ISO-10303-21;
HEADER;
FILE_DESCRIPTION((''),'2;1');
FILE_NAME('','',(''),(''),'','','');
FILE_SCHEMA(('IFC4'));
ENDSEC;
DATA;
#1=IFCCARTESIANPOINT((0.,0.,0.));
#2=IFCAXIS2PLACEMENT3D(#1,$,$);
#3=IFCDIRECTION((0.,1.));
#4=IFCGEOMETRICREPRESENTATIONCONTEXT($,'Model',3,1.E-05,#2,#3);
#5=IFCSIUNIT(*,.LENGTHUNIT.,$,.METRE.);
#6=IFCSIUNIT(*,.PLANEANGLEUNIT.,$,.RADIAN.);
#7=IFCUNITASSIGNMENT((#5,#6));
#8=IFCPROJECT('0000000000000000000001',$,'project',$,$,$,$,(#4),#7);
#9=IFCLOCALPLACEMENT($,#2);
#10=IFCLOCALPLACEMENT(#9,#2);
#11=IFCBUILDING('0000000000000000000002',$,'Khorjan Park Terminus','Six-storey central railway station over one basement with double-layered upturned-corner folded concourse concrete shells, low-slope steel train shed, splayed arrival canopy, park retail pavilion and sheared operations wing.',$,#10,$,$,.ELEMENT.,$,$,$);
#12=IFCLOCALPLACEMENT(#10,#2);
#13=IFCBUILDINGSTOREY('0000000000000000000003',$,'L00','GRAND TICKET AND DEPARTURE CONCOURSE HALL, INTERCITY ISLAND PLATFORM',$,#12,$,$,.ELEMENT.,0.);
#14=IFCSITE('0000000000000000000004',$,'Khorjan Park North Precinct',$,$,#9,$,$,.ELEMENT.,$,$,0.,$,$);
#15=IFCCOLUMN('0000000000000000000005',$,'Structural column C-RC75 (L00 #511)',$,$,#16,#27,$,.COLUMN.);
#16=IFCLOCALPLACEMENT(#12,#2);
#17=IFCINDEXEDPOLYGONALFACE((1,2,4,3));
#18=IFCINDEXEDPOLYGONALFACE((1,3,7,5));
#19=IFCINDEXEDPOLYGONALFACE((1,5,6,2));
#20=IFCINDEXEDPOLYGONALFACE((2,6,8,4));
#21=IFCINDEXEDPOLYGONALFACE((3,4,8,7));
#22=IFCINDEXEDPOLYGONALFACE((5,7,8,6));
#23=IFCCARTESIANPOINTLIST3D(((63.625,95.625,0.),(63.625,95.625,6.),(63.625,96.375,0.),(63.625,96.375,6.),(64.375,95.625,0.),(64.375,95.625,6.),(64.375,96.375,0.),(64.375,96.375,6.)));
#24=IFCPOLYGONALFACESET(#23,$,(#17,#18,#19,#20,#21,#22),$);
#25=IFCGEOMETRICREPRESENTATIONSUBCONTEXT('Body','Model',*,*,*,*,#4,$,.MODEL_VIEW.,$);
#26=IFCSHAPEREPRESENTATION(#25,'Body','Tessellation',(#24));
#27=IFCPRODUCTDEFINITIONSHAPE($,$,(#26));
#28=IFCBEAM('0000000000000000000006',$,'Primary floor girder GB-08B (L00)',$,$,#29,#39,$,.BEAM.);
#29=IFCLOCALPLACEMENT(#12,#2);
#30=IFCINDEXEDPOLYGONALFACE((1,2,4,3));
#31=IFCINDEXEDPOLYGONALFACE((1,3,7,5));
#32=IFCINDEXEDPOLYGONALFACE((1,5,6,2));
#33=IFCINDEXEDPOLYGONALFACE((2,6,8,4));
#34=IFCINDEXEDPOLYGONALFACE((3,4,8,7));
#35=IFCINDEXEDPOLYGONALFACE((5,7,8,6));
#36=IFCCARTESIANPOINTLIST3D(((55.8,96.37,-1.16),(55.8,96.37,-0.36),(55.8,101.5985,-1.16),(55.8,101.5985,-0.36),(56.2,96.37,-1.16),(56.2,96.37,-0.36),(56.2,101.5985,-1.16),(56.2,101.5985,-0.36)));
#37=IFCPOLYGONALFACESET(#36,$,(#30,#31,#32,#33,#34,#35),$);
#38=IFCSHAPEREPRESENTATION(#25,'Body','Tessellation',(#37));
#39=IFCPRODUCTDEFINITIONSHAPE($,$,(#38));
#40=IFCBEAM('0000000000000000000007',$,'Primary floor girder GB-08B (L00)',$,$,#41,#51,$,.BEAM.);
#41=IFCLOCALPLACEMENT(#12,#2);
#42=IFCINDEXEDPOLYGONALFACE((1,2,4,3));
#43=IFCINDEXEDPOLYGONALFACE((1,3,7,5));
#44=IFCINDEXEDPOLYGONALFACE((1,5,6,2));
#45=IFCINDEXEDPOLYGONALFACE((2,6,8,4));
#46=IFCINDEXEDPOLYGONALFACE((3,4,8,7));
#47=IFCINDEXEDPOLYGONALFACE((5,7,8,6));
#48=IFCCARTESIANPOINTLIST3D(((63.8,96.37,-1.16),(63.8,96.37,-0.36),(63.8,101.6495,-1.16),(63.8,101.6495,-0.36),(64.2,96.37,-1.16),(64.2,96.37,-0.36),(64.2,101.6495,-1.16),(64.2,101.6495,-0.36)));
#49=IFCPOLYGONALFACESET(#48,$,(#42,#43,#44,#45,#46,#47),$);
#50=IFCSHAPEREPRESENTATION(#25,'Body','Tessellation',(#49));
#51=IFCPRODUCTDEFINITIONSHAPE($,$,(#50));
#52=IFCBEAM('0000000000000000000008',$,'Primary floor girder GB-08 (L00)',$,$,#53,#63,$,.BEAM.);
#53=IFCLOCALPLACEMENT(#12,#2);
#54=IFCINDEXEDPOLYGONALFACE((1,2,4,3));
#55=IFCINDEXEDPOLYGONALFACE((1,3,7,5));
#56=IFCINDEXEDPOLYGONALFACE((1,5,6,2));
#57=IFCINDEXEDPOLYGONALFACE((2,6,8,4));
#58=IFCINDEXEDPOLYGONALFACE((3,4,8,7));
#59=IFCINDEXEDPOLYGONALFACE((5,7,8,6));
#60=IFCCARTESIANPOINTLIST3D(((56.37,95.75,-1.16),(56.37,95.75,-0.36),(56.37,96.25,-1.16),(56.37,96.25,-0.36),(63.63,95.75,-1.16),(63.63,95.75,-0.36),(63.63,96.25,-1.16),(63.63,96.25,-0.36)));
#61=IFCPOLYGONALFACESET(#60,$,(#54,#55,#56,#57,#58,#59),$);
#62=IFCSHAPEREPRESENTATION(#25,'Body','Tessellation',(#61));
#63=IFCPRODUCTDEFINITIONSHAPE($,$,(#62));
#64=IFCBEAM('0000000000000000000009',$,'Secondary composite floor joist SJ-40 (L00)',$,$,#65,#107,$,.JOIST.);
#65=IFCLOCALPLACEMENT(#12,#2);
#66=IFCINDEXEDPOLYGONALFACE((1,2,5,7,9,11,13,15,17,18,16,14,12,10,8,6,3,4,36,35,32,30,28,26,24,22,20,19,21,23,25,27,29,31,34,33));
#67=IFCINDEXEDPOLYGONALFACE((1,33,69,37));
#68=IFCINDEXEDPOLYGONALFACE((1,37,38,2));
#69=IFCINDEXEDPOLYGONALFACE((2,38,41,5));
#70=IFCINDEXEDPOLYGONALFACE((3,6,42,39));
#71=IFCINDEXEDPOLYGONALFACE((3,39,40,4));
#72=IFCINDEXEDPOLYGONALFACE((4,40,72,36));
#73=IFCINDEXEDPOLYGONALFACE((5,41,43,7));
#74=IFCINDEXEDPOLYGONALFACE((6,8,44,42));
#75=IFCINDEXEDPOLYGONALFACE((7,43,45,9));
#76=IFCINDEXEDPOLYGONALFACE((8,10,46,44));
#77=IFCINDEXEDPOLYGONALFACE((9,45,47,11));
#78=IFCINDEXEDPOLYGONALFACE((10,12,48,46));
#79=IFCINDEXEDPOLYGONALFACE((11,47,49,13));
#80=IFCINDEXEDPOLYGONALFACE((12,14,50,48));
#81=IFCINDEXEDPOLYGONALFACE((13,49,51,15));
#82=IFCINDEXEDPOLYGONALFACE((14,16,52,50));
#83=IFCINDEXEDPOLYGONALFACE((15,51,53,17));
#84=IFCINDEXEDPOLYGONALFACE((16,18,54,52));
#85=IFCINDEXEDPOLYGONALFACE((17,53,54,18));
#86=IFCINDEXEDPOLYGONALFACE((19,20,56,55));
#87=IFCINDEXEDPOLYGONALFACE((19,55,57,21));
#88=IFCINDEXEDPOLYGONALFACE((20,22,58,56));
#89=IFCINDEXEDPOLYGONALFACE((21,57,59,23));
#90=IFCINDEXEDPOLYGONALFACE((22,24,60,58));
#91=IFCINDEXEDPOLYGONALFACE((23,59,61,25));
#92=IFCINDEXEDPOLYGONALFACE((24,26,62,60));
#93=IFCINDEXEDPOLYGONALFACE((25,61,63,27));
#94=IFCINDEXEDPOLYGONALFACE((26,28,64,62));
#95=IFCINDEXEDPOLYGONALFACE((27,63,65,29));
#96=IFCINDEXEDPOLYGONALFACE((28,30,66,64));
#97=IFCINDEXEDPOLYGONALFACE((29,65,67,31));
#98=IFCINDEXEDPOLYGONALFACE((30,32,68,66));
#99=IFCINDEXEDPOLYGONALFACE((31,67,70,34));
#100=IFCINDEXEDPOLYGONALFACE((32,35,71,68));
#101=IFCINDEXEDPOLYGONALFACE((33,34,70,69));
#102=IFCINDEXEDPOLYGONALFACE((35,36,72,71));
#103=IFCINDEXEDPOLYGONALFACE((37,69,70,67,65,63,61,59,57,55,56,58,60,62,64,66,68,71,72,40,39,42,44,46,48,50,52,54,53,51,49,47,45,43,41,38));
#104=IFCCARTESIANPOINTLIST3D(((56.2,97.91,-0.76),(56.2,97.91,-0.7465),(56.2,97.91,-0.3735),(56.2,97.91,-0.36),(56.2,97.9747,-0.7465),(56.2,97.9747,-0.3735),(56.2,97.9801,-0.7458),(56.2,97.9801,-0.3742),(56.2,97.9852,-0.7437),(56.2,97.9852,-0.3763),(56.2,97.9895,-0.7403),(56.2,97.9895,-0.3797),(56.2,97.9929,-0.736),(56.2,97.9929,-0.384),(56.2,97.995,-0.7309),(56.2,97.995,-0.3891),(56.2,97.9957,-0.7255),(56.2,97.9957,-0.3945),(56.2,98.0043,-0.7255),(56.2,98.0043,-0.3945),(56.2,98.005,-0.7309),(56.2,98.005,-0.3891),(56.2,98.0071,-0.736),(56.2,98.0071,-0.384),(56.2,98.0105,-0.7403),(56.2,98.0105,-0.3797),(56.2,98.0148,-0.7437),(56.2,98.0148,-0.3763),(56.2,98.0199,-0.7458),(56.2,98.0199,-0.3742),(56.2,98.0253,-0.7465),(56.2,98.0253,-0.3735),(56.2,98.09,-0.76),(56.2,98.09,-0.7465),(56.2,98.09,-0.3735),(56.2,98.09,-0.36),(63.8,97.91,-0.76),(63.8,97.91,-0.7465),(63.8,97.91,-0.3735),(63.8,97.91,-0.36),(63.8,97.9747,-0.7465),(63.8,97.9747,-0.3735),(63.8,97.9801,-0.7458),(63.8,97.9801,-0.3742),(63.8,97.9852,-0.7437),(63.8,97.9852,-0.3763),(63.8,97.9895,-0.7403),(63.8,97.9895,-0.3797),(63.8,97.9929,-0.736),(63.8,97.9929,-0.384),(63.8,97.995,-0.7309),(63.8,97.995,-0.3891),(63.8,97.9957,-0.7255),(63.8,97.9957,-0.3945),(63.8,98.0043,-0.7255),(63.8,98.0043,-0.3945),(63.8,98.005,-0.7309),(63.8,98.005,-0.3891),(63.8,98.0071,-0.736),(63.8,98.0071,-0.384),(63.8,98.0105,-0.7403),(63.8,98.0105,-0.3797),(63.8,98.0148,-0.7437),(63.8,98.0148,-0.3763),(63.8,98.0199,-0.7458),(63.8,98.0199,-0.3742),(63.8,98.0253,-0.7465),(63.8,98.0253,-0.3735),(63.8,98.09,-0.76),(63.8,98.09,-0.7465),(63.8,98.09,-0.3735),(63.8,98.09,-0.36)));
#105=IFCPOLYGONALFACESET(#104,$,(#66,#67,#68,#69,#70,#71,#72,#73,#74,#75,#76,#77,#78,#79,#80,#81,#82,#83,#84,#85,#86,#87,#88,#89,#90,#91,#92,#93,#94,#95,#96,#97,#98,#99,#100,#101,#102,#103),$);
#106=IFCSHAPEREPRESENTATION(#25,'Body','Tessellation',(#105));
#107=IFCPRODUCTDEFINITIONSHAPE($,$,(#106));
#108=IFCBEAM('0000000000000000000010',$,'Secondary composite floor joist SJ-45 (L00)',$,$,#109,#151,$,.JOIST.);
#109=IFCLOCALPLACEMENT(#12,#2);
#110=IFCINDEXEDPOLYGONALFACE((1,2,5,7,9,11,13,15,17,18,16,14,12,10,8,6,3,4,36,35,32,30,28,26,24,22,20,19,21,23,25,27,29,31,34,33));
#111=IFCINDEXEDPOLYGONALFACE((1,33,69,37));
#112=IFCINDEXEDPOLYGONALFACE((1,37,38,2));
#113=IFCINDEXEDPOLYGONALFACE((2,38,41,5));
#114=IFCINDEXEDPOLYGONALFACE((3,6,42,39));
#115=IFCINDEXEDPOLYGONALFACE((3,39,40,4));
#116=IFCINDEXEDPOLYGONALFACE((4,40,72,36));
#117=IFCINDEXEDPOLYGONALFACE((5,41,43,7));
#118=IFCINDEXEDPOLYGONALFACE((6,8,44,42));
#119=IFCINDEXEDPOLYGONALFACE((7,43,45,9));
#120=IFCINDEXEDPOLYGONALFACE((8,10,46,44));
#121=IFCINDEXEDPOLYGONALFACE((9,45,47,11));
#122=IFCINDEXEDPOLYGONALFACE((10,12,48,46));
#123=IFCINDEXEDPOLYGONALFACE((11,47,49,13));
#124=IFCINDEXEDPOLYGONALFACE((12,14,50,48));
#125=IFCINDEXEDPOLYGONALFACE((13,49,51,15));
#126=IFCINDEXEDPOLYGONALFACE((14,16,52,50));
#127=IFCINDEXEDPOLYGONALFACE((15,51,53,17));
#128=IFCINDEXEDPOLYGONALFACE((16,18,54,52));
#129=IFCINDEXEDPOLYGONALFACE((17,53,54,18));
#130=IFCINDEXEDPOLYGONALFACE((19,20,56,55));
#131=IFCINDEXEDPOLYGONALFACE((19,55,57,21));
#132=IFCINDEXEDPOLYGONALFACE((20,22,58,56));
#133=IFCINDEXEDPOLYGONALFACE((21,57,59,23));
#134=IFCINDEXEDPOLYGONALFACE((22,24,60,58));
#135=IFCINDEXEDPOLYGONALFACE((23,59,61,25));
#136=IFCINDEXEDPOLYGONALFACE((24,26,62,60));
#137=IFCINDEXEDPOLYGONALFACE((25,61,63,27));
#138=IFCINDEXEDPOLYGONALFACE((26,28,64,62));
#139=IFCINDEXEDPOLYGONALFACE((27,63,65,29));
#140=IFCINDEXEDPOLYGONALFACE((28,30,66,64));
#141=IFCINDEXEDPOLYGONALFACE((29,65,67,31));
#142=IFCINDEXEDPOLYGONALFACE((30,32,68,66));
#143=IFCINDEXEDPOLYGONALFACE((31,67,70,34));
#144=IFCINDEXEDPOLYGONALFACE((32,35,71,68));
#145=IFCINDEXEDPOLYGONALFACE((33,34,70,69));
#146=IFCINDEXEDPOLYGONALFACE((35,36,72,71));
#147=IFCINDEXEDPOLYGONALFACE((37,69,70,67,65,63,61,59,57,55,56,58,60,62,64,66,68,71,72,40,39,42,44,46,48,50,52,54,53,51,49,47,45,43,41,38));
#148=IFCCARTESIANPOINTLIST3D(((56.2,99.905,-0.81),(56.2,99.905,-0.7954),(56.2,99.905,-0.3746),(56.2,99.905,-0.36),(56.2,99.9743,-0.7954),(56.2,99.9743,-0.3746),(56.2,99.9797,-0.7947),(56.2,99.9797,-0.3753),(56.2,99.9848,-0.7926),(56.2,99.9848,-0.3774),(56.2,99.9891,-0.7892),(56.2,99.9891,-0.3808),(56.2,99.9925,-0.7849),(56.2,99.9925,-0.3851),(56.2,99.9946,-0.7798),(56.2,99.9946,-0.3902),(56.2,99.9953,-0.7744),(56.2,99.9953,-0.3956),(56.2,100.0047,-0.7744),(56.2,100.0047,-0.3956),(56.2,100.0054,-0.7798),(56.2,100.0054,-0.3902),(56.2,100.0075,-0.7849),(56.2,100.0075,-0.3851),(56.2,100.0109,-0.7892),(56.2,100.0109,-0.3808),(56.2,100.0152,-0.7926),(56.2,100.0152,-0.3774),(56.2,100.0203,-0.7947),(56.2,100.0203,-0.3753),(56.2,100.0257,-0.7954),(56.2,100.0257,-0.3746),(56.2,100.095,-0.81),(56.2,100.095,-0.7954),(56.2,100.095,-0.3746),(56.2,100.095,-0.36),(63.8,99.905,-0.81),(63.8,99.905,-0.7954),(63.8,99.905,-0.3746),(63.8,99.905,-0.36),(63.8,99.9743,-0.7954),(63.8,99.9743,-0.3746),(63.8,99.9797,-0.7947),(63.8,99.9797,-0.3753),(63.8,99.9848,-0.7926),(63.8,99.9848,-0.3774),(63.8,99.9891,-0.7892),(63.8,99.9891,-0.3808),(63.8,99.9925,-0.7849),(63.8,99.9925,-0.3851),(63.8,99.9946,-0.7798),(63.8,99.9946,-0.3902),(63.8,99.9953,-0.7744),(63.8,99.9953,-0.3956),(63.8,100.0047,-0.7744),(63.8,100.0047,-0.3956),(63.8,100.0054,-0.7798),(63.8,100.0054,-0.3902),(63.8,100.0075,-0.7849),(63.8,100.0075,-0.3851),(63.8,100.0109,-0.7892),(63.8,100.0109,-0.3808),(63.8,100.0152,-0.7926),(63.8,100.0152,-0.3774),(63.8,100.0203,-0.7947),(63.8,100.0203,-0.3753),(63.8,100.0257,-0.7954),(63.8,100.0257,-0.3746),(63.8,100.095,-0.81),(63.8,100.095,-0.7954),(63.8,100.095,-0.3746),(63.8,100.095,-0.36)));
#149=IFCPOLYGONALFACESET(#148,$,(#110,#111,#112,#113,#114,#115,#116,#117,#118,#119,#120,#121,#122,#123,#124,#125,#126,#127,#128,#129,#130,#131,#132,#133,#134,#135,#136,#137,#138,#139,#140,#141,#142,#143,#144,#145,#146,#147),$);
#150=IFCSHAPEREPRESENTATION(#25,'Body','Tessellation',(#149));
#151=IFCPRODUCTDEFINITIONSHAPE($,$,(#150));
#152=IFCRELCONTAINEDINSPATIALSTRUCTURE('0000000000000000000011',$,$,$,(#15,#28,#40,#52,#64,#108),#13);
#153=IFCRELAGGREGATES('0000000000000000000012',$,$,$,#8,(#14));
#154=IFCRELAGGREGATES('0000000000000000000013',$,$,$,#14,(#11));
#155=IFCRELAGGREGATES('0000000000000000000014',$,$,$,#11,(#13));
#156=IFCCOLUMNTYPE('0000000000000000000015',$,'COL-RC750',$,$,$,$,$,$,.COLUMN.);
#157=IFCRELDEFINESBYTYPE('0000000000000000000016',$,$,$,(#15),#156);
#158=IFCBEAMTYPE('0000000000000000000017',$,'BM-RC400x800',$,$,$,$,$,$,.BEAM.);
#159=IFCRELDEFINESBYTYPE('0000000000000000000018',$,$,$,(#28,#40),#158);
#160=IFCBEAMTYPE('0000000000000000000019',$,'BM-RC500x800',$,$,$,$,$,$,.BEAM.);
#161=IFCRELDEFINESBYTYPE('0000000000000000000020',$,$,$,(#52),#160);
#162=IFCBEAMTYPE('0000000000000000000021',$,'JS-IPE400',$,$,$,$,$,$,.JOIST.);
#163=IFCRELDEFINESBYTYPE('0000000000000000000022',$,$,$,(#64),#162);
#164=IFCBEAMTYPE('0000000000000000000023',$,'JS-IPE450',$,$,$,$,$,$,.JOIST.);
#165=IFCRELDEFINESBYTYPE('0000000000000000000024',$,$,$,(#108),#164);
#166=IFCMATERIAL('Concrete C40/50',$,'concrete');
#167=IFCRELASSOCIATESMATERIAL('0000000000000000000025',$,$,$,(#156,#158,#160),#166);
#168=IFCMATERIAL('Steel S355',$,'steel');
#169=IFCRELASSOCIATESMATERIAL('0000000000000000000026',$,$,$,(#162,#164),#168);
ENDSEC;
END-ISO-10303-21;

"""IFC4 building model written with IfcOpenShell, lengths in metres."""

from ifc_helpers import new_model, si_unit, direction, frame, origin, origin_2d, place, context, subcontext, project, spatial, rectangle, i_section, extrude, material, material_profile, profile_set, type_object, element, save


model = new_model("IFC4")

# Units and contexts
model_context = context("Model", 3, precision=1e-05, world=origin(), true_north=direction((0.0, 1.0)))
body_context = subcontext(model_context, "Body", "Model", "MODEL_VIEW")
ifc_project = project(units=[si_unit("LENGTHUNIT", "METRE"), si_unit("PLANEANGLEUNIT", "RADIAN")], contexts=[model_context])

# Site, building, storey
site_placement = place(None, origin())
site = spatial("IfcSite", under=ifc_project, at=site_placement, Name="Khorjan Park North Precinct", CompositionType="ELEMENT", RefElevation=0.0)
building_placement = place(site_placement, origin())
building = spatial("IfcBuilding", under=site, at=building_placement, Name="Khorjan Park Terminus", Description="Six-storey central railway station over one basement with double-layered upturned-corner folded concourse concrete shells, low-slope steel train shed, splayed arrival canopy, park retail pavilion and sheared operations wing.", CompositionType="ELEMENT")
storey_placement = place(building_placement, origin())
storey = spatial("IfcBuildingStorey", under=building, at=storey_placement, Name="L00", Description="GRAND TICKET AND DEPARTURE CONCOURSE HALL, INTERCITY ISLAND PLATFORM", CompositionType="ELEMENT", Elevation=0.0)

# Column
ifc_material_1 = material(Name="Concrete C40/50", Category="concrete")
ifc_material_profile_1 = material_profile(ifc_material_1, rectangle(XDim=0.75, YDim=0.75, at=origin_2d()), Name="RC 750x750")
ifc_profile_set_1 = profile_set([ifc_material_profile_1], Name="Concrete C40/50")
column_type = type_object("IfcColumnType", Name="COL-RC750", PredefinedType="COLUMN", material=ifc_profile_set_1)
column_placement = place(storey_placement, frame((64.0, 96.0, 0.0), z_axis=(0.0, 0.0, 1.0), x_axis=(1.0, 0.0, 0.0)))
element("IfcColumn", 1, at=column_placement, inside=storey, type_object=column_type, Name="Structural column C-RC75 (L00 #511)", PredefinedType="COLUMN", context=body_context, shape_type="SweptSolid", body=[
    extrude(rectangle(XDim=0.75, YDim=0.75, at=origin_2d()), origin(), (0.0, 0.0, 1.0), 6.0),
])

# Beams
ifc_material_profile_2 = material_profile(ifc_material_1, rectangle(XDim=0.4, YDim=0.8, at=origin_2d()), Name="RC 400x800")
ifc_profile_set_2 = profile_set([ifc_material_profile_2], Name="Concrete C40/50")
beam_type_1 = type_object("IfcBeamType", Name="BM-RC400x800", PredefinedType="BEAM", material=ifc_profile_set_2)
beam_1_placement = place(storey_placement, frame((56.0, 96.37, -0.76), z_axis=(0.0, 1.0, 0.0), x_axis=(-1.0, 0.0, 0.0)))
element("IfcBeam", 2, at=beam_1_placement, inside=storey, type_object=beam_type_1, Name="Primary floor girder GB-08B (L00)", PredefinedType="BEAM", context=body_context, shape_type="SweptSolid", body=[
    extrude(rectangle(XDim=0.4, YDim=0.8, at=origin_2d()), origin(), (0.0, 0.0, 1.0), 5.2285),
])
beam_2_placement = place(storey_placement, frame((64.0, 96.37, -0.76), z_axis=(0.0, 1.0, 0.0), x_axis=(-1.0, 0.0, 0.0)))
element("IfcBeam", 3, at=beam_2_placement, inside=storey, type_object=beam_type_1, Name="Primary floor girder GB-08B (L00)", PredefinedType="BEAM", context=body_context, shape_type="SweptSolid", body=[
    extrude(rectangle(XDim=0.4, YDim=0.8, at=origin_2d()), origin(), (0.0, 0.0, 1.0), 5.2795),
])
ifc_material_profile_3 = material_profile(ifc_material_1, rectangle(XDim=0.5, YDim=0.8, at=origin_2d()), Name="RC 500x800")
ifc_profile_set_3 = profile_set([ifc_material_profile_3], Name="Concrete C40/50")
beam_type_2 = type_object("IfcBeamType", Name="BM-RC500x800", PredefinedType="BEAM", material=ifc_profile_set_3)
beam_3_placement = place(storey_placement, frame((56.37, 96.0, -0.76), z_axis=(1.0, 0.0, 0.0), x_axis=(0.0, 1.0, 0.0)))
element("IfcBeam", 4, at=beam_3_placement, inside=storey, type_object=beam_type_2, Name="Primary floor girder GB-08 (L00)", PredefinedType="BEAM", context=body_context, shape_type="SweptSolid", body=[
    extrude(rectangle(XDim=0.5, YDim=0.8, at=origin_2d()), origin(), (0.0, 0.0, 1.0), 7.26),
])
ifc_material_2 = material(Name="Steel S355", Category="steel")
ifc_material_profile_4 = material_profile(ifc_material_2, i_section(OverallWidth=0.18, OverallDepth=0.4, WebThickness=0.0086, FlangeThickness=0.0135, FilletRadius=0.021, at=origin_2d()), Name="IPE 400")
ifc_profile_set_4 = profile_set([ifc_material_profile_4], Name="Steel S355")
beam_type_3 = type_object("IfcBeamType", Name="JS-IPE400", PredefinedType="JOIST", material=ifc_profile_set_4)
beam_4_placement = place(storey_placement, frame((56.2, 98.0, -0.56), z_axis=(1.0, 0.0, 0.0), x_axis=(0.0, 1.0, 0.0)))
element("IfcBeam", 5, at=beam_4_placement, inside=storey, type_object=beam_type_3, Name="Secondary composite floor joist SJ-40 (L00)", PredefinedType="JOIST", context=body_context, shape_type="SweptSolid", body=[
    extrude(i_section(OverallWidth=0.18, OverallDepth=0.4, WebThickness=0.0086, FlangeThickness=0.0135, FilletRadius=0.021, at=origin_2d()), origin(), (0.0, 0.0, 1.0), 7.6),
])
ifc_material_profile_5 = material_profile(ifc_material_2, i_section(OverallWidth=0.19, OverallDepth=0.45, WebThickness=0.0094, FlangeThickness=0.0146, FilletRadius=0.021, at=origin_2d()), Name="IPE 450")
ifc_profile_set_5 = profile_set([ifc_material_profile_5], Name="Steel S355")
beam_type_4 = type_object("IfcBeamType", Name="JS-IPE450", PredefinedType="JOIST", material=ifc_profile_set_5)
beam_5_placement = place(storey_placement, frame((56.2, 100.0, -0.585), z_axis=(1.0, 0.0, 0.0), x_axis=(0.0, 1.0, 0.0)))
element("IfcBeam", 6, at=beam_5_placement, inside=storey, type_object=beam_type_4, Name="Secondary composite floor joist SJ-45 (L00)", PredefinedType="JOIST", context=body_context, shape_type="SweptSolid", body=[
    extrude(i_section(OverallWidth=0.19, OverallDepth=0.45, WebThickness=0.0094, FlangeThickness=0.0146, FilletRadius=0.021, at=origin_2d()), origin(), (0.0, 0.0, 1.0), 7.6),
])

save(model, "model.ifc")
